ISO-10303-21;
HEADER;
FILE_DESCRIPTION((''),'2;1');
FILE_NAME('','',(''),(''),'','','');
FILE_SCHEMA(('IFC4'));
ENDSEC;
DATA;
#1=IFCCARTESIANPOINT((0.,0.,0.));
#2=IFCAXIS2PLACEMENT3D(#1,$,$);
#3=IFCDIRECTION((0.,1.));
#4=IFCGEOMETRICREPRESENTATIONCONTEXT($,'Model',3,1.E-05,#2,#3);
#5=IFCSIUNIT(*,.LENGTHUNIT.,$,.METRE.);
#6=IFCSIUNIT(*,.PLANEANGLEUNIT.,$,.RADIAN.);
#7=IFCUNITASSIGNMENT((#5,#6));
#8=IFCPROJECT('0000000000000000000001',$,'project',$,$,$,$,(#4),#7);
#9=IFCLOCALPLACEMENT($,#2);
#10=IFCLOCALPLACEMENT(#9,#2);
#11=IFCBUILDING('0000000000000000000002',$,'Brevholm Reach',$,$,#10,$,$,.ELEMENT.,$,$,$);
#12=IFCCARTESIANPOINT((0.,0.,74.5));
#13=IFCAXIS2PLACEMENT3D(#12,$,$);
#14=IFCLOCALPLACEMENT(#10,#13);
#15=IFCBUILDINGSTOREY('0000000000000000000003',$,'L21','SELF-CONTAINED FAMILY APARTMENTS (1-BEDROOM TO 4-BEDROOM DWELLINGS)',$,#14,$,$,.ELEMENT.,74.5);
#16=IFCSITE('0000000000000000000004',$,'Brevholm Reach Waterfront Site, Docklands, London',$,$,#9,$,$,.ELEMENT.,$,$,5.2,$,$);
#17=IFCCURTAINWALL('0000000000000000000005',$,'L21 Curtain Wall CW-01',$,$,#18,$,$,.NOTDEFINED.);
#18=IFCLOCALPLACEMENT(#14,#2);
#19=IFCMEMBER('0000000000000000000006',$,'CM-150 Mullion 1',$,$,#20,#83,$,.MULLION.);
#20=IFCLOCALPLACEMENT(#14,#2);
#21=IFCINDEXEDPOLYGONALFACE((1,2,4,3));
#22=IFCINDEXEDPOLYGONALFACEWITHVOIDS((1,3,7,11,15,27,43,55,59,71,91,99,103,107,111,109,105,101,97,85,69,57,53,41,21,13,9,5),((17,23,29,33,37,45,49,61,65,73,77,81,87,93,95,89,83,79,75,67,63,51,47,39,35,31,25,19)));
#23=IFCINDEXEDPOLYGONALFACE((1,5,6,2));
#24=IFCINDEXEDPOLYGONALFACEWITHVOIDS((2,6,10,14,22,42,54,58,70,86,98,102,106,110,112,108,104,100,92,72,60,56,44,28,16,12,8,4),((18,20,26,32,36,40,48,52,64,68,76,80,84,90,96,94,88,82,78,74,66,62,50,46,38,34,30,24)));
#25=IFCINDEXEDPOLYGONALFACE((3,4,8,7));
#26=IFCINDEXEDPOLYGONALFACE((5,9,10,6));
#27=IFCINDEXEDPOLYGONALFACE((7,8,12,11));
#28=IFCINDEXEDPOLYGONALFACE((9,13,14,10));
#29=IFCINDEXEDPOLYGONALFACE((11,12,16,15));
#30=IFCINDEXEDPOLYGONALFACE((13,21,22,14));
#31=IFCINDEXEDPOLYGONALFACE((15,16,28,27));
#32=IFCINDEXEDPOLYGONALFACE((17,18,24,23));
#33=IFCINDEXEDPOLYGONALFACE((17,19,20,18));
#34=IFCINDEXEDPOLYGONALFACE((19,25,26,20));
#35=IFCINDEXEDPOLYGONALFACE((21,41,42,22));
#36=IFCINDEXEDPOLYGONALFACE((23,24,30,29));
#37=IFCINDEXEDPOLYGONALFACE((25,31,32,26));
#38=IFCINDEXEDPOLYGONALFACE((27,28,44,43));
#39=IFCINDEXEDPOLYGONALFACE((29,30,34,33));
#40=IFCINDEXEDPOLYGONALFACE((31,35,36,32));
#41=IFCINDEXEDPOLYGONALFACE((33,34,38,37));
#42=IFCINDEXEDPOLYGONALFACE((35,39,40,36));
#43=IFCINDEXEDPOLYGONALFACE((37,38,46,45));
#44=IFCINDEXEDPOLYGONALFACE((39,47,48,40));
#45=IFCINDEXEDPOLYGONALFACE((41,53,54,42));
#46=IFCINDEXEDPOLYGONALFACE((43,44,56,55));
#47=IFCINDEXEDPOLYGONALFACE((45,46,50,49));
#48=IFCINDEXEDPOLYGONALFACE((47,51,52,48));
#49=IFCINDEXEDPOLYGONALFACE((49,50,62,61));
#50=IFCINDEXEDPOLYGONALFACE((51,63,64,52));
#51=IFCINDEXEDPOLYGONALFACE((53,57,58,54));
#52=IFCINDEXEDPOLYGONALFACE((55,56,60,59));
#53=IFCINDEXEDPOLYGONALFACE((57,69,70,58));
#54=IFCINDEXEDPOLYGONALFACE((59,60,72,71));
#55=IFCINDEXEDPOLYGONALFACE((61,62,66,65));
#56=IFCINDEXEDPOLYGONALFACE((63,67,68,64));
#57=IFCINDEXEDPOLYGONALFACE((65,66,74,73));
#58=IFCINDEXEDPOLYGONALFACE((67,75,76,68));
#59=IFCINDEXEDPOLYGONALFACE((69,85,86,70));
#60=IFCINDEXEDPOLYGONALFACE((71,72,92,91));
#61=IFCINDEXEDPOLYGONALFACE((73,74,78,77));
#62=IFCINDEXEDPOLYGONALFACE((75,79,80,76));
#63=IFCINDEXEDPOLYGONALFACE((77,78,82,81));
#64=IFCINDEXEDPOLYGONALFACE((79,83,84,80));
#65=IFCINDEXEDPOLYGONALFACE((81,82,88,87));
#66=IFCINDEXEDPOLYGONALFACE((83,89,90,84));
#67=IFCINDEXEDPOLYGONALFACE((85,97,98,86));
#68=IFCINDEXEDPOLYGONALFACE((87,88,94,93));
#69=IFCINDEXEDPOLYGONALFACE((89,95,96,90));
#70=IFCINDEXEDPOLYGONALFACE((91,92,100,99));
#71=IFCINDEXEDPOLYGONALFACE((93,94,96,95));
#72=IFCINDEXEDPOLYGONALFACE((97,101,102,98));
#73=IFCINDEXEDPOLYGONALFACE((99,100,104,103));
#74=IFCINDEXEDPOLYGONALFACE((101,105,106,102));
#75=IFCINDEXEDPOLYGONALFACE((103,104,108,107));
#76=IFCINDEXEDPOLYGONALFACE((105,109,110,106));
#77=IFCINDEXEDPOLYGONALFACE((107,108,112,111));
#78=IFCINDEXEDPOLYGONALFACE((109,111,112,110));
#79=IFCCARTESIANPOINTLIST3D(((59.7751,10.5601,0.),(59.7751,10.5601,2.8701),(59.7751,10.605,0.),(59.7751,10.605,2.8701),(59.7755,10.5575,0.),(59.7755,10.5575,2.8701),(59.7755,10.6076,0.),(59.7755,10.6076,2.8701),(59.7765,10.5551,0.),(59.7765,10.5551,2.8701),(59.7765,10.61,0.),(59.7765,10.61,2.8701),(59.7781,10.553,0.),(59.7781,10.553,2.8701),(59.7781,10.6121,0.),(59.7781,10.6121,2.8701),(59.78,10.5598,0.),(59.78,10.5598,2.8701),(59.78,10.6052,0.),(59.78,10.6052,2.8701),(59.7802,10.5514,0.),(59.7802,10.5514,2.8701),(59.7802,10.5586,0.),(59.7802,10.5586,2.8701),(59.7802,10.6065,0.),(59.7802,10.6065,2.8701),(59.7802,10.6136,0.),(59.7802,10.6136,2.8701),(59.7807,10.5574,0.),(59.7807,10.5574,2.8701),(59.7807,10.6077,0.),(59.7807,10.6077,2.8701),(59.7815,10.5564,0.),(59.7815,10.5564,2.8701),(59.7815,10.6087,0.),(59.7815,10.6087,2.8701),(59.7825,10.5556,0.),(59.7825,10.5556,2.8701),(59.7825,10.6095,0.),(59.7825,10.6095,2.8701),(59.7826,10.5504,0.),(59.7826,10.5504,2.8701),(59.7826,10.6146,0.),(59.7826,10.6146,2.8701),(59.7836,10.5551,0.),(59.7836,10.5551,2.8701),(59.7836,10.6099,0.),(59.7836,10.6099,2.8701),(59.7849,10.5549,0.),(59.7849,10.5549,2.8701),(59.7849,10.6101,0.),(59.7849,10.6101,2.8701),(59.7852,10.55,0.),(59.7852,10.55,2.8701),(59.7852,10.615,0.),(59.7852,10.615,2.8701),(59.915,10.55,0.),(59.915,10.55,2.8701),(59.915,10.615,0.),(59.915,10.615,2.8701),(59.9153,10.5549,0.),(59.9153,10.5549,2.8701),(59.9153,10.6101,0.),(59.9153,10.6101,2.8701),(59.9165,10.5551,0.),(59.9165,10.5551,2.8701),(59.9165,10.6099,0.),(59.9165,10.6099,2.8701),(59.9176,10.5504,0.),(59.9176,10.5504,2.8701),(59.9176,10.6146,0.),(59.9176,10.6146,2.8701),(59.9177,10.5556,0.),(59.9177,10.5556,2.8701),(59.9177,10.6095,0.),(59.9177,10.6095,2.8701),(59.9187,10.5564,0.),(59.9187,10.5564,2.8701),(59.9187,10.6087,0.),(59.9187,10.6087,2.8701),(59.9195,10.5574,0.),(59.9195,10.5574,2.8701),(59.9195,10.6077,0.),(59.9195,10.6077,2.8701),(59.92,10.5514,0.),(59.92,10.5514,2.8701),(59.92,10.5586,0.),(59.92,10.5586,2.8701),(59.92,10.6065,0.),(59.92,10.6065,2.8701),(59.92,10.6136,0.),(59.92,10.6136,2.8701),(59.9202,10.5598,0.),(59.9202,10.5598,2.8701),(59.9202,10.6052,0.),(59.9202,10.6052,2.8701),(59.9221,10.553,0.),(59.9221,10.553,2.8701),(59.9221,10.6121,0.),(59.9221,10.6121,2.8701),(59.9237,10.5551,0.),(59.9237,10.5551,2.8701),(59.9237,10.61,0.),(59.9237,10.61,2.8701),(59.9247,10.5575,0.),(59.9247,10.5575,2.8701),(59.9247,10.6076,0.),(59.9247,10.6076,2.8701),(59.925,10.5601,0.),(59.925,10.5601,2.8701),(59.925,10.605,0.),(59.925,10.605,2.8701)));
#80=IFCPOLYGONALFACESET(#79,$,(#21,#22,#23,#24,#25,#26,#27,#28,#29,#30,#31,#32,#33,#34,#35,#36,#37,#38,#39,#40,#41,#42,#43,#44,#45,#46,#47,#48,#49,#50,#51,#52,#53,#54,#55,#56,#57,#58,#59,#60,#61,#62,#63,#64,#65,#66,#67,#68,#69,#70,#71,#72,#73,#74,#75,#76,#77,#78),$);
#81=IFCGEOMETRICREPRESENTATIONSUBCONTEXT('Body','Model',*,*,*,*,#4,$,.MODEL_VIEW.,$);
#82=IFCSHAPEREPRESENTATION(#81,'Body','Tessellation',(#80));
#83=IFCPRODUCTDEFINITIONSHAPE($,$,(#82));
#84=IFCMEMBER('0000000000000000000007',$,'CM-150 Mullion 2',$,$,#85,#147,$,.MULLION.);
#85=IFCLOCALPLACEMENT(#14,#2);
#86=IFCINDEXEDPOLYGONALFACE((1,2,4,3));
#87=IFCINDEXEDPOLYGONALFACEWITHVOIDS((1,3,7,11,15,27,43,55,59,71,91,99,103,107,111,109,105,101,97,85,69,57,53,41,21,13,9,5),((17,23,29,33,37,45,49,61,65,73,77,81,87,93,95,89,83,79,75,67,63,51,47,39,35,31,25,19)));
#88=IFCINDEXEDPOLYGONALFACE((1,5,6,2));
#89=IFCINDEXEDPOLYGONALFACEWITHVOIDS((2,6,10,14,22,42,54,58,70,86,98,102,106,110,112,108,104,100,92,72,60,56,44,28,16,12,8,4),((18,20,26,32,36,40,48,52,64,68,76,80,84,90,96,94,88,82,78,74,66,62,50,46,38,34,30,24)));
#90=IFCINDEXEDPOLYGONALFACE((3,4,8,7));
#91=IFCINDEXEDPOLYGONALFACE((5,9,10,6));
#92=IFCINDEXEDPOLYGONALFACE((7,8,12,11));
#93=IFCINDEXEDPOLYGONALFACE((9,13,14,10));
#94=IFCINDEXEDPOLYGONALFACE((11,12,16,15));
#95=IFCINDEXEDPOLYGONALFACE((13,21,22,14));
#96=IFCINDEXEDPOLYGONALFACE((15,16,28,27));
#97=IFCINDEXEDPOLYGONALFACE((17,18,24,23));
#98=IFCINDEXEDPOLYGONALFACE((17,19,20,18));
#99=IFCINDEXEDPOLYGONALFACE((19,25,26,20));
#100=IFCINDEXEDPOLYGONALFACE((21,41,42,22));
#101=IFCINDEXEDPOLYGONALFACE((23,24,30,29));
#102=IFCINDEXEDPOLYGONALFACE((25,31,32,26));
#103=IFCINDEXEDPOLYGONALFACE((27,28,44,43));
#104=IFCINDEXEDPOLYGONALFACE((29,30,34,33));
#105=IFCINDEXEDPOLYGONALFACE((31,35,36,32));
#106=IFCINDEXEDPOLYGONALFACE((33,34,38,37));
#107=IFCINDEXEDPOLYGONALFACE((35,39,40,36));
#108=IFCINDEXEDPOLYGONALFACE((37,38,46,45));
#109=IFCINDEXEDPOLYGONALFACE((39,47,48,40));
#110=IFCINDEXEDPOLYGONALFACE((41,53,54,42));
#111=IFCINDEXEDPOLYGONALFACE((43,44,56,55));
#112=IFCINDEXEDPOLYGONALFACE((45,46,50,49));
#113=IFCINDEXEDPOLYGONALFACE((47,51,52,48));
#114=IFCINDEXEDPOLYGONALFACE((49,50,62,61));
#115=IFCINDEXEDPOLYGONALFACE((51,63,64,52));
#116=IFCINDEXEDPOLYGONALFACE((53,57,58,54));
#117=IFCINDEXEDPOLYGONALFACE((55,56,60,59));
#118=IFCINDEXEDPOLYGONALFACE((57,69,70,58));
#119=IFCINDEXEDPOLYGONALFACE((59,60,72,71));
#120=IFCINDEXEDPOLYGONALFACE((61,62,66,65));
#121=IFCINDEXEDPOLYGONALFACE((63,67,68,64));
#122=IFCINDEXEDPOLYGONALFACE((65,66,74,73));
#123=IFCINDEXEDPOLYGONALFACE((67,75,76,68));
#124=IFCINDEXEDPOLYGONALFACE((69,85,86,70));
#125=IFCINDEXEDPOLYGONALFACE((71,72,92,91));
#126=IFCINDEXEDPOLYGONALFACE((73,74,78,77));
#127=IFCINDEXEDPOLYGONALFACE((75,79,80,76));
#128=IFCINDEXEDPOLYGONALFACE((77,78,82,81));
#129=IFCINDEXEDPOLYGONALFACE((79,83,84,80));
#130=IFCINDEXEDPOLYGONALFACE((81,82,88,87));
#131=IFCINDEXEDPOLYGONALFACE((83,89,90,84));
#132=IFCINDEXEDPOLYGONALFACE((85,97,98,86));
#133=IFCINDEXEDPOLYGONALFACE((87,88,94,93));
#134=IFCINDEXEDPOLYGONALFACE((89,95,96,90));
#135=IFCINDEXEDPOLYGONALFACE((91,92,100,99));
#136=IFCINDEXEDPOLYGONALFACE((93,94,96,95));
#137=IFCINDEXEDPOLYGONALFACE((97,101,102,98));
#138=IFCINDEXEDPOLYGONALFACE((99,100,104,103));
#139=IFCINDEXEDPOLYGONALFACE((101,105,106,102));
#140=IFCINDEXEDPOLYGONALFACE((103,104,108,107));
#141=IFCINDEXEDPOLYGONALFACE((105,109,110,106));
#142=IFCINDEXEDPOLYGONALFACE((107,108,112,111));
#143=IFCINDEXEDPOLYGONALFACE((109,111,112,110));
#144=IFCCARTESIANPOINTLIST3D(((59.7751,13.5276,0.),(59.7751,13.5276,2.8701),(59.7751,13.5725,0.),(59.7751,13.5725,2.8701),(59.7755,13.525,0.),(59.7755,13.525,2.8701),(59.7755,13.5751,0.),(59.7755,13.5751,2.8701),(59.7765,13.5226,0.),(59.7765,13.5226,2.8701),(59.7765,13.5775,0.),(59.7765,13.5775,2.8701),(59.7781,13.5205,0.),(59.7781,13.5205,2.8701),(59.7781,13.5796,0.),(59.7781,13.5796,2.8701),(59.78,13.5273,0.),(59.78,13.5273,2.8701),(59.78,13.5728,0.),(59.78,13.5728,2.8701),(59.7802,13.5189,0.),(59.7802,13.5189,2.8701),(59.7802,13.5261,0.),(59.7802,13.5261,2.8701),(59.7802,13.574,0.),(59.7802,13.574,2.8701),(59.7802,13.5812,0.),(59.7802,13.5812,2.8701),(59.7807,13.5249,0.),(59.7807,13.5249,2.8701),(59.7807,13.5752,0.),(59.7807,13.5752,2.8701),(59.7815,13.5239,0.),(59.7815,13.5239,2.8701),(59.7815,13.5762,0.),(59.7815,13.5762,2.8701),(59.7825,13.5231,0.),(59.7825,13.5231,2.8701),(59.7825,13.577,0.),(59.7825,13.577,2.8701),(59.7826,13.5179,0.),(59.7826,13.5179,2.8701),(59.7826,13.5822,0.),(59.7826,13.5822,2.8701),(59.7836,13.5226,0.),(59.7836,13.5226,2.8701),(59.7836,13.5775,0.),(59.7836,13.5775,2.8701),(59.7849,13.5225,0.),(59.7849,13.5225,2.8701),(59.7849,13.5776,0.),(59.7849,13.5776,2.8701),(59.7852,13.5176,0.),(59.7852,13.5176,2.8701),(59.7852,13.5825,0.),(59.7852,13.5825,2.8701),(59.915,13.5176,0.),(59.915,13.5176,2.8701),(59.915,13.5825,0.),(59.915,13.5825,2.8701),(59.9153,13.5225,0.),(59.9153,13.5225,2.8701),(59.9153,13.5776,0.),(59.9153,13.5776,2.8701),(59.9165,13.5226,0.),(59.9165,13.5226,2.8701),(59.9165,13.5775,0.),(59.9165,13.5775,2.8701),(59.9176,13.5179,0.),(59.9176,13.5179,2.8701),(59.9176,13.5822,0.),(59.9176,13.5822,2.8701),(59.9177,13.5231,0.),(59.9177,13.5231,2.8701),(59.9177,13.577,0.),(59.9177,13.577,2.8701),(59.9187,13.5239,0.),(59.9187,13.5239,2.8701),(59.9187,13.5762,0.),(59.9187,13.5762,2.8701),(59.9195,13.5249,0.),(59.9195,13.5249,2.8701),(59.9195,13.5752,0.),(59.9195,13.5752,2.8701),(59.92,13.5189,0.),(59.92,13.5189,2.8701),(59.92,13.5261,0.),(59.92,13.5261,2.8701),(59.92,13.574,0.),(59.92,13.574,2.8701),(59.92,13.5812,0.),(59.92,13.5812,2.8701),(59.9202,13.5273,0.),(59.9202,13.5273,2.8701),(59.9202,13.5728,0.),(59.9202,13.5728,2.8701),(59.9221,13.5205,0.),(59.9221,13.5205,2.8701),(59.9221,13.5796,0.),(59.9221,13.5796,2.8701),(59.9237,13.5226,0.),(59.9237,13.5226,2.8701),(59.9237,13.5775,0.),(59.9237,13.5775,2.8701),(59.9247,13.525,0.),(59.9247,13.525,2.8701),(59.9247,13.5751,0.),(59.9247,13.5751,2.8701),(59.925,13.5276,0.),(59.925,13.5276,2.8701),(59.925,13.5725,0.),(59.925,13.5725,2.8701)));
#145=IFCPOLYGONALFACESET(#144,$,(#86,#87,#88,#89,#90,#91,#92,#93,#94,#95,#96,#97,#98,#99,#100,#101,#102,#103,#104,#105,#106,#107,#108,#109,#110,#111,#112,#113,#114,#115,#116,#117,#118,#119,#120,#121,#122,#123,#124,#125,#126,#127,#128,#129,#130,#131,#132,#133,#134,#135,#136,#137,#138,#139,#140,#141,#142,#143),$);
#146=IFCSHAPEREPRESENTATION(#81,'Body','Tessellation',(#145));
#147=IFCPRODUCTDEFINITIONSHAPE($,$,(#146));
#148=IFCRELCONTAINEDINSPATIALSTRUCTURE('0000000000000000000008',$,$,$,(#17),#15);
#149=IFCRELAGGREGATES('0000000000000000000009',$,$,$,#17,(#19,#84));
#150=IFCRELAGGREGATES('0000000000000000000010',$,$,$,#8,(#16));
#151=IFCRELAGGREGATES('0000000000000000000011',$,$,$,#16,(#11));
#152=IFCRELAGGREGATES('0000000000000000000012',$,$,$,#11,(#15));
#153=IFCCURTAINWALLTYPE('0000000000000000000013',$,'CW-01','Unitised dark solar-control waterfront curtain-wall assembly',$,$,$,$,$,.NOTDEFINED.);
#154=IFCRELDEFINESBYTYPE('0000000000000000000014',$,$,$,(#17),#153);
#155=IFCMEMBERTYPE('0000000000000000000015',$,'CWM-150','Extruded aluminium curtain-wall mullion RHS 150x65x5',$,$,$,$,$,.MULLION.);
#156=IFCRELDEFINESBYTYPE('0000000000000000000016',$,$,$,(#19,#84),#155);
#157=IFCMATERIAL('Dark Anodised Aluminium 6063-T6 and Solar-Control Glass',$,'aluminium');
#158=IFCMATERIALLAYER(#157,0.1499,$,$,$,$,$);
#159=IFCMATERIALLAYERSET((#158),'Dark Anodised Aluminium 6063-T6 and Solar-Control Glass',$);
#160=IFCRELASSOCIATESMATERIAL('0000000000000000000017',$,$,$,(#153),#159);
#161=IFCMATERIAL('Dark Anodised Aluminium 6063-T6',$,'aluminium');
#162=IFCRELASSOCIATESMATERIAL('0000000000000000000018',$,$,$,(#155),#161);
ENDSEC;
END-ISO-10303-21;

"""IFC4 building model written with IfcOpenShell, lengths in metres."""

from ifc_helpers import new_model, si_unit, direction, frame, origin, origin_2d, place, context, subcontext, project, spatial, hollow_rectangle, extrude, material, layer, layer_set, material_profile, profile_set, type_object, element, aggregate, save


model = new_model("IFC4")

# Units and contexts
model_context = context("Model", 3, precision=1e-05, world=origin(), true_north=direction((0.0, 1.0)))
body_context = subcontext(model_context, "Body", "Model", "MODEL_VIEW")
ifc_project = project(units=[si_unit("LENGTHUNIT", "METRE"), si_unit("PLANEANGLEUNIT", "RADIAN")], contexts=[model_context])

# Site, building, storey
site_placement = place(None, origin())
site = spatial("IfcSite", under=ifc_project, at=site_placement, Name="Brevholm Reach Waterfront Site, Docklands, London", CompositionType="ELEMENT", RefElevation=5.2)
building_placement = place(site_placement, origin())
building = spatial("IfcBuilding", under=site, at=building_placement, Name="Brevholm Reach", CompositionType="ELEMENT")
storey_placement = place(building_placement, frame((0.0, 0.0, 74.5)))
storey = spatial("IfcBuildingStorey", under=building, at=storey_placement, Name="L21", Description="SELF-CONTAINED FAMILY APARTMENTS (1-BEDROOM TO 4-BEDROOM DWELLINGS)", CompositionType="ELEMENT", Elevation=74.5)

# Curtain wall, members
ifc_material_1 = material(Name="Dark Anodised Aluminium 6063-T6 and Solar-Control Glass", Category="aluminium")
ifc_layer_1 = layer(ifc_material_1, 0.1499)
ifc_layer_set_1 = layer_set([ifc_layer_1], Name="Dark Anodised Aluminium 6063-T6 and Solar-Control Glass")
curtain_wall_type = type_object("IfcCurtainWallType", Name="CW-01", Description="Unitised dark solar-control waterfront curtain-wall assembly", PredefinedType="NOTDEFINED", material=ifc_layer_set_1)
curtain_wall_placement = place(storey_placement, origin())
curtain_wall = element("IfcCurtainWall", 1, at=curtain_wall_placement, inside=storey, type_object=curtain_wall_type, Name="L21 Curtain Wall CW-01", PredefinedType="NOTDEFINED")
ifc_material_2 = material(Name="Dark Anodised Aluminium 6063-T6", Category="aluminium")
ifc_material_profile_1 = material_profile(ifc_material_2, hollow_rectangle(XDim=0.0649, YDim=0.1499, WallThickness=0.0049, InnerFilletRadius=0.0049, OuterFilletRadius=0.01, at=origin_2d()), Name="RHS 150x65x5")
ifc_profile_set_1 = profile_set([ifc_material_profile_1], Name="Dark Anodised Aluminium 6063-T6")
member_type_1 = type_object("IfcMemberType", Name="CWM-150", Description="Extruded aluminium curtain-wall mullion RHS 150x65x5", PredefinedType="MULLION", material=ifc_profile_set_1)
member_1_placement = place(storey_placement, frame((59.8501, 10.5825, 0.0), z_axis=(0.0, 0.0, 1.0), x_axis=(0.0, 1.0, 0.0)))
member_1 = element("IfcMember", 2, at=member_1_placement, type_object=member_type_1, Name="CM-150 Mullion 1", PredefinedType="MULLION", context=body_context, shape_type="SweptSolid", body=[
    extrude(hollow_rectangle(XDim=0.0649, YDim=0.1499, WallThickness=0.0049, InnerFilletRadius=0.0049, OuterFilletRadius=0.01, at=origin_2d()), origin(), (0.0, 0.0, 1.0), 2.8701),
])
member_2_placement = place(storey_placement, frame((59.8501, 13.55, 0.0), z_axis=(0.0, 0.0, 1.0), x_axis=(0.0, 1.0, 0.0)))
member_2 = element("IfcMember", 3, at=member_2_placement, type_object=member_type_1, Name="CM-150 Mullion 2", PredefinedType="MULLION", context=body_context, shape_type="SweptSolid", body=[
    extrude(hollow_rectangle(XDim=0.0649, YDim=0.1499, WallThickness=0.0049, InnerFilletRadius=0.0049, OuterFilletRadius=0.01, at=origin_2d()), origin(), (0.0, 0.0, 1.0), 2.8701),
])
aggregate(curtain_wall, [member_1, member_2])

save(model, "model.ifc")
